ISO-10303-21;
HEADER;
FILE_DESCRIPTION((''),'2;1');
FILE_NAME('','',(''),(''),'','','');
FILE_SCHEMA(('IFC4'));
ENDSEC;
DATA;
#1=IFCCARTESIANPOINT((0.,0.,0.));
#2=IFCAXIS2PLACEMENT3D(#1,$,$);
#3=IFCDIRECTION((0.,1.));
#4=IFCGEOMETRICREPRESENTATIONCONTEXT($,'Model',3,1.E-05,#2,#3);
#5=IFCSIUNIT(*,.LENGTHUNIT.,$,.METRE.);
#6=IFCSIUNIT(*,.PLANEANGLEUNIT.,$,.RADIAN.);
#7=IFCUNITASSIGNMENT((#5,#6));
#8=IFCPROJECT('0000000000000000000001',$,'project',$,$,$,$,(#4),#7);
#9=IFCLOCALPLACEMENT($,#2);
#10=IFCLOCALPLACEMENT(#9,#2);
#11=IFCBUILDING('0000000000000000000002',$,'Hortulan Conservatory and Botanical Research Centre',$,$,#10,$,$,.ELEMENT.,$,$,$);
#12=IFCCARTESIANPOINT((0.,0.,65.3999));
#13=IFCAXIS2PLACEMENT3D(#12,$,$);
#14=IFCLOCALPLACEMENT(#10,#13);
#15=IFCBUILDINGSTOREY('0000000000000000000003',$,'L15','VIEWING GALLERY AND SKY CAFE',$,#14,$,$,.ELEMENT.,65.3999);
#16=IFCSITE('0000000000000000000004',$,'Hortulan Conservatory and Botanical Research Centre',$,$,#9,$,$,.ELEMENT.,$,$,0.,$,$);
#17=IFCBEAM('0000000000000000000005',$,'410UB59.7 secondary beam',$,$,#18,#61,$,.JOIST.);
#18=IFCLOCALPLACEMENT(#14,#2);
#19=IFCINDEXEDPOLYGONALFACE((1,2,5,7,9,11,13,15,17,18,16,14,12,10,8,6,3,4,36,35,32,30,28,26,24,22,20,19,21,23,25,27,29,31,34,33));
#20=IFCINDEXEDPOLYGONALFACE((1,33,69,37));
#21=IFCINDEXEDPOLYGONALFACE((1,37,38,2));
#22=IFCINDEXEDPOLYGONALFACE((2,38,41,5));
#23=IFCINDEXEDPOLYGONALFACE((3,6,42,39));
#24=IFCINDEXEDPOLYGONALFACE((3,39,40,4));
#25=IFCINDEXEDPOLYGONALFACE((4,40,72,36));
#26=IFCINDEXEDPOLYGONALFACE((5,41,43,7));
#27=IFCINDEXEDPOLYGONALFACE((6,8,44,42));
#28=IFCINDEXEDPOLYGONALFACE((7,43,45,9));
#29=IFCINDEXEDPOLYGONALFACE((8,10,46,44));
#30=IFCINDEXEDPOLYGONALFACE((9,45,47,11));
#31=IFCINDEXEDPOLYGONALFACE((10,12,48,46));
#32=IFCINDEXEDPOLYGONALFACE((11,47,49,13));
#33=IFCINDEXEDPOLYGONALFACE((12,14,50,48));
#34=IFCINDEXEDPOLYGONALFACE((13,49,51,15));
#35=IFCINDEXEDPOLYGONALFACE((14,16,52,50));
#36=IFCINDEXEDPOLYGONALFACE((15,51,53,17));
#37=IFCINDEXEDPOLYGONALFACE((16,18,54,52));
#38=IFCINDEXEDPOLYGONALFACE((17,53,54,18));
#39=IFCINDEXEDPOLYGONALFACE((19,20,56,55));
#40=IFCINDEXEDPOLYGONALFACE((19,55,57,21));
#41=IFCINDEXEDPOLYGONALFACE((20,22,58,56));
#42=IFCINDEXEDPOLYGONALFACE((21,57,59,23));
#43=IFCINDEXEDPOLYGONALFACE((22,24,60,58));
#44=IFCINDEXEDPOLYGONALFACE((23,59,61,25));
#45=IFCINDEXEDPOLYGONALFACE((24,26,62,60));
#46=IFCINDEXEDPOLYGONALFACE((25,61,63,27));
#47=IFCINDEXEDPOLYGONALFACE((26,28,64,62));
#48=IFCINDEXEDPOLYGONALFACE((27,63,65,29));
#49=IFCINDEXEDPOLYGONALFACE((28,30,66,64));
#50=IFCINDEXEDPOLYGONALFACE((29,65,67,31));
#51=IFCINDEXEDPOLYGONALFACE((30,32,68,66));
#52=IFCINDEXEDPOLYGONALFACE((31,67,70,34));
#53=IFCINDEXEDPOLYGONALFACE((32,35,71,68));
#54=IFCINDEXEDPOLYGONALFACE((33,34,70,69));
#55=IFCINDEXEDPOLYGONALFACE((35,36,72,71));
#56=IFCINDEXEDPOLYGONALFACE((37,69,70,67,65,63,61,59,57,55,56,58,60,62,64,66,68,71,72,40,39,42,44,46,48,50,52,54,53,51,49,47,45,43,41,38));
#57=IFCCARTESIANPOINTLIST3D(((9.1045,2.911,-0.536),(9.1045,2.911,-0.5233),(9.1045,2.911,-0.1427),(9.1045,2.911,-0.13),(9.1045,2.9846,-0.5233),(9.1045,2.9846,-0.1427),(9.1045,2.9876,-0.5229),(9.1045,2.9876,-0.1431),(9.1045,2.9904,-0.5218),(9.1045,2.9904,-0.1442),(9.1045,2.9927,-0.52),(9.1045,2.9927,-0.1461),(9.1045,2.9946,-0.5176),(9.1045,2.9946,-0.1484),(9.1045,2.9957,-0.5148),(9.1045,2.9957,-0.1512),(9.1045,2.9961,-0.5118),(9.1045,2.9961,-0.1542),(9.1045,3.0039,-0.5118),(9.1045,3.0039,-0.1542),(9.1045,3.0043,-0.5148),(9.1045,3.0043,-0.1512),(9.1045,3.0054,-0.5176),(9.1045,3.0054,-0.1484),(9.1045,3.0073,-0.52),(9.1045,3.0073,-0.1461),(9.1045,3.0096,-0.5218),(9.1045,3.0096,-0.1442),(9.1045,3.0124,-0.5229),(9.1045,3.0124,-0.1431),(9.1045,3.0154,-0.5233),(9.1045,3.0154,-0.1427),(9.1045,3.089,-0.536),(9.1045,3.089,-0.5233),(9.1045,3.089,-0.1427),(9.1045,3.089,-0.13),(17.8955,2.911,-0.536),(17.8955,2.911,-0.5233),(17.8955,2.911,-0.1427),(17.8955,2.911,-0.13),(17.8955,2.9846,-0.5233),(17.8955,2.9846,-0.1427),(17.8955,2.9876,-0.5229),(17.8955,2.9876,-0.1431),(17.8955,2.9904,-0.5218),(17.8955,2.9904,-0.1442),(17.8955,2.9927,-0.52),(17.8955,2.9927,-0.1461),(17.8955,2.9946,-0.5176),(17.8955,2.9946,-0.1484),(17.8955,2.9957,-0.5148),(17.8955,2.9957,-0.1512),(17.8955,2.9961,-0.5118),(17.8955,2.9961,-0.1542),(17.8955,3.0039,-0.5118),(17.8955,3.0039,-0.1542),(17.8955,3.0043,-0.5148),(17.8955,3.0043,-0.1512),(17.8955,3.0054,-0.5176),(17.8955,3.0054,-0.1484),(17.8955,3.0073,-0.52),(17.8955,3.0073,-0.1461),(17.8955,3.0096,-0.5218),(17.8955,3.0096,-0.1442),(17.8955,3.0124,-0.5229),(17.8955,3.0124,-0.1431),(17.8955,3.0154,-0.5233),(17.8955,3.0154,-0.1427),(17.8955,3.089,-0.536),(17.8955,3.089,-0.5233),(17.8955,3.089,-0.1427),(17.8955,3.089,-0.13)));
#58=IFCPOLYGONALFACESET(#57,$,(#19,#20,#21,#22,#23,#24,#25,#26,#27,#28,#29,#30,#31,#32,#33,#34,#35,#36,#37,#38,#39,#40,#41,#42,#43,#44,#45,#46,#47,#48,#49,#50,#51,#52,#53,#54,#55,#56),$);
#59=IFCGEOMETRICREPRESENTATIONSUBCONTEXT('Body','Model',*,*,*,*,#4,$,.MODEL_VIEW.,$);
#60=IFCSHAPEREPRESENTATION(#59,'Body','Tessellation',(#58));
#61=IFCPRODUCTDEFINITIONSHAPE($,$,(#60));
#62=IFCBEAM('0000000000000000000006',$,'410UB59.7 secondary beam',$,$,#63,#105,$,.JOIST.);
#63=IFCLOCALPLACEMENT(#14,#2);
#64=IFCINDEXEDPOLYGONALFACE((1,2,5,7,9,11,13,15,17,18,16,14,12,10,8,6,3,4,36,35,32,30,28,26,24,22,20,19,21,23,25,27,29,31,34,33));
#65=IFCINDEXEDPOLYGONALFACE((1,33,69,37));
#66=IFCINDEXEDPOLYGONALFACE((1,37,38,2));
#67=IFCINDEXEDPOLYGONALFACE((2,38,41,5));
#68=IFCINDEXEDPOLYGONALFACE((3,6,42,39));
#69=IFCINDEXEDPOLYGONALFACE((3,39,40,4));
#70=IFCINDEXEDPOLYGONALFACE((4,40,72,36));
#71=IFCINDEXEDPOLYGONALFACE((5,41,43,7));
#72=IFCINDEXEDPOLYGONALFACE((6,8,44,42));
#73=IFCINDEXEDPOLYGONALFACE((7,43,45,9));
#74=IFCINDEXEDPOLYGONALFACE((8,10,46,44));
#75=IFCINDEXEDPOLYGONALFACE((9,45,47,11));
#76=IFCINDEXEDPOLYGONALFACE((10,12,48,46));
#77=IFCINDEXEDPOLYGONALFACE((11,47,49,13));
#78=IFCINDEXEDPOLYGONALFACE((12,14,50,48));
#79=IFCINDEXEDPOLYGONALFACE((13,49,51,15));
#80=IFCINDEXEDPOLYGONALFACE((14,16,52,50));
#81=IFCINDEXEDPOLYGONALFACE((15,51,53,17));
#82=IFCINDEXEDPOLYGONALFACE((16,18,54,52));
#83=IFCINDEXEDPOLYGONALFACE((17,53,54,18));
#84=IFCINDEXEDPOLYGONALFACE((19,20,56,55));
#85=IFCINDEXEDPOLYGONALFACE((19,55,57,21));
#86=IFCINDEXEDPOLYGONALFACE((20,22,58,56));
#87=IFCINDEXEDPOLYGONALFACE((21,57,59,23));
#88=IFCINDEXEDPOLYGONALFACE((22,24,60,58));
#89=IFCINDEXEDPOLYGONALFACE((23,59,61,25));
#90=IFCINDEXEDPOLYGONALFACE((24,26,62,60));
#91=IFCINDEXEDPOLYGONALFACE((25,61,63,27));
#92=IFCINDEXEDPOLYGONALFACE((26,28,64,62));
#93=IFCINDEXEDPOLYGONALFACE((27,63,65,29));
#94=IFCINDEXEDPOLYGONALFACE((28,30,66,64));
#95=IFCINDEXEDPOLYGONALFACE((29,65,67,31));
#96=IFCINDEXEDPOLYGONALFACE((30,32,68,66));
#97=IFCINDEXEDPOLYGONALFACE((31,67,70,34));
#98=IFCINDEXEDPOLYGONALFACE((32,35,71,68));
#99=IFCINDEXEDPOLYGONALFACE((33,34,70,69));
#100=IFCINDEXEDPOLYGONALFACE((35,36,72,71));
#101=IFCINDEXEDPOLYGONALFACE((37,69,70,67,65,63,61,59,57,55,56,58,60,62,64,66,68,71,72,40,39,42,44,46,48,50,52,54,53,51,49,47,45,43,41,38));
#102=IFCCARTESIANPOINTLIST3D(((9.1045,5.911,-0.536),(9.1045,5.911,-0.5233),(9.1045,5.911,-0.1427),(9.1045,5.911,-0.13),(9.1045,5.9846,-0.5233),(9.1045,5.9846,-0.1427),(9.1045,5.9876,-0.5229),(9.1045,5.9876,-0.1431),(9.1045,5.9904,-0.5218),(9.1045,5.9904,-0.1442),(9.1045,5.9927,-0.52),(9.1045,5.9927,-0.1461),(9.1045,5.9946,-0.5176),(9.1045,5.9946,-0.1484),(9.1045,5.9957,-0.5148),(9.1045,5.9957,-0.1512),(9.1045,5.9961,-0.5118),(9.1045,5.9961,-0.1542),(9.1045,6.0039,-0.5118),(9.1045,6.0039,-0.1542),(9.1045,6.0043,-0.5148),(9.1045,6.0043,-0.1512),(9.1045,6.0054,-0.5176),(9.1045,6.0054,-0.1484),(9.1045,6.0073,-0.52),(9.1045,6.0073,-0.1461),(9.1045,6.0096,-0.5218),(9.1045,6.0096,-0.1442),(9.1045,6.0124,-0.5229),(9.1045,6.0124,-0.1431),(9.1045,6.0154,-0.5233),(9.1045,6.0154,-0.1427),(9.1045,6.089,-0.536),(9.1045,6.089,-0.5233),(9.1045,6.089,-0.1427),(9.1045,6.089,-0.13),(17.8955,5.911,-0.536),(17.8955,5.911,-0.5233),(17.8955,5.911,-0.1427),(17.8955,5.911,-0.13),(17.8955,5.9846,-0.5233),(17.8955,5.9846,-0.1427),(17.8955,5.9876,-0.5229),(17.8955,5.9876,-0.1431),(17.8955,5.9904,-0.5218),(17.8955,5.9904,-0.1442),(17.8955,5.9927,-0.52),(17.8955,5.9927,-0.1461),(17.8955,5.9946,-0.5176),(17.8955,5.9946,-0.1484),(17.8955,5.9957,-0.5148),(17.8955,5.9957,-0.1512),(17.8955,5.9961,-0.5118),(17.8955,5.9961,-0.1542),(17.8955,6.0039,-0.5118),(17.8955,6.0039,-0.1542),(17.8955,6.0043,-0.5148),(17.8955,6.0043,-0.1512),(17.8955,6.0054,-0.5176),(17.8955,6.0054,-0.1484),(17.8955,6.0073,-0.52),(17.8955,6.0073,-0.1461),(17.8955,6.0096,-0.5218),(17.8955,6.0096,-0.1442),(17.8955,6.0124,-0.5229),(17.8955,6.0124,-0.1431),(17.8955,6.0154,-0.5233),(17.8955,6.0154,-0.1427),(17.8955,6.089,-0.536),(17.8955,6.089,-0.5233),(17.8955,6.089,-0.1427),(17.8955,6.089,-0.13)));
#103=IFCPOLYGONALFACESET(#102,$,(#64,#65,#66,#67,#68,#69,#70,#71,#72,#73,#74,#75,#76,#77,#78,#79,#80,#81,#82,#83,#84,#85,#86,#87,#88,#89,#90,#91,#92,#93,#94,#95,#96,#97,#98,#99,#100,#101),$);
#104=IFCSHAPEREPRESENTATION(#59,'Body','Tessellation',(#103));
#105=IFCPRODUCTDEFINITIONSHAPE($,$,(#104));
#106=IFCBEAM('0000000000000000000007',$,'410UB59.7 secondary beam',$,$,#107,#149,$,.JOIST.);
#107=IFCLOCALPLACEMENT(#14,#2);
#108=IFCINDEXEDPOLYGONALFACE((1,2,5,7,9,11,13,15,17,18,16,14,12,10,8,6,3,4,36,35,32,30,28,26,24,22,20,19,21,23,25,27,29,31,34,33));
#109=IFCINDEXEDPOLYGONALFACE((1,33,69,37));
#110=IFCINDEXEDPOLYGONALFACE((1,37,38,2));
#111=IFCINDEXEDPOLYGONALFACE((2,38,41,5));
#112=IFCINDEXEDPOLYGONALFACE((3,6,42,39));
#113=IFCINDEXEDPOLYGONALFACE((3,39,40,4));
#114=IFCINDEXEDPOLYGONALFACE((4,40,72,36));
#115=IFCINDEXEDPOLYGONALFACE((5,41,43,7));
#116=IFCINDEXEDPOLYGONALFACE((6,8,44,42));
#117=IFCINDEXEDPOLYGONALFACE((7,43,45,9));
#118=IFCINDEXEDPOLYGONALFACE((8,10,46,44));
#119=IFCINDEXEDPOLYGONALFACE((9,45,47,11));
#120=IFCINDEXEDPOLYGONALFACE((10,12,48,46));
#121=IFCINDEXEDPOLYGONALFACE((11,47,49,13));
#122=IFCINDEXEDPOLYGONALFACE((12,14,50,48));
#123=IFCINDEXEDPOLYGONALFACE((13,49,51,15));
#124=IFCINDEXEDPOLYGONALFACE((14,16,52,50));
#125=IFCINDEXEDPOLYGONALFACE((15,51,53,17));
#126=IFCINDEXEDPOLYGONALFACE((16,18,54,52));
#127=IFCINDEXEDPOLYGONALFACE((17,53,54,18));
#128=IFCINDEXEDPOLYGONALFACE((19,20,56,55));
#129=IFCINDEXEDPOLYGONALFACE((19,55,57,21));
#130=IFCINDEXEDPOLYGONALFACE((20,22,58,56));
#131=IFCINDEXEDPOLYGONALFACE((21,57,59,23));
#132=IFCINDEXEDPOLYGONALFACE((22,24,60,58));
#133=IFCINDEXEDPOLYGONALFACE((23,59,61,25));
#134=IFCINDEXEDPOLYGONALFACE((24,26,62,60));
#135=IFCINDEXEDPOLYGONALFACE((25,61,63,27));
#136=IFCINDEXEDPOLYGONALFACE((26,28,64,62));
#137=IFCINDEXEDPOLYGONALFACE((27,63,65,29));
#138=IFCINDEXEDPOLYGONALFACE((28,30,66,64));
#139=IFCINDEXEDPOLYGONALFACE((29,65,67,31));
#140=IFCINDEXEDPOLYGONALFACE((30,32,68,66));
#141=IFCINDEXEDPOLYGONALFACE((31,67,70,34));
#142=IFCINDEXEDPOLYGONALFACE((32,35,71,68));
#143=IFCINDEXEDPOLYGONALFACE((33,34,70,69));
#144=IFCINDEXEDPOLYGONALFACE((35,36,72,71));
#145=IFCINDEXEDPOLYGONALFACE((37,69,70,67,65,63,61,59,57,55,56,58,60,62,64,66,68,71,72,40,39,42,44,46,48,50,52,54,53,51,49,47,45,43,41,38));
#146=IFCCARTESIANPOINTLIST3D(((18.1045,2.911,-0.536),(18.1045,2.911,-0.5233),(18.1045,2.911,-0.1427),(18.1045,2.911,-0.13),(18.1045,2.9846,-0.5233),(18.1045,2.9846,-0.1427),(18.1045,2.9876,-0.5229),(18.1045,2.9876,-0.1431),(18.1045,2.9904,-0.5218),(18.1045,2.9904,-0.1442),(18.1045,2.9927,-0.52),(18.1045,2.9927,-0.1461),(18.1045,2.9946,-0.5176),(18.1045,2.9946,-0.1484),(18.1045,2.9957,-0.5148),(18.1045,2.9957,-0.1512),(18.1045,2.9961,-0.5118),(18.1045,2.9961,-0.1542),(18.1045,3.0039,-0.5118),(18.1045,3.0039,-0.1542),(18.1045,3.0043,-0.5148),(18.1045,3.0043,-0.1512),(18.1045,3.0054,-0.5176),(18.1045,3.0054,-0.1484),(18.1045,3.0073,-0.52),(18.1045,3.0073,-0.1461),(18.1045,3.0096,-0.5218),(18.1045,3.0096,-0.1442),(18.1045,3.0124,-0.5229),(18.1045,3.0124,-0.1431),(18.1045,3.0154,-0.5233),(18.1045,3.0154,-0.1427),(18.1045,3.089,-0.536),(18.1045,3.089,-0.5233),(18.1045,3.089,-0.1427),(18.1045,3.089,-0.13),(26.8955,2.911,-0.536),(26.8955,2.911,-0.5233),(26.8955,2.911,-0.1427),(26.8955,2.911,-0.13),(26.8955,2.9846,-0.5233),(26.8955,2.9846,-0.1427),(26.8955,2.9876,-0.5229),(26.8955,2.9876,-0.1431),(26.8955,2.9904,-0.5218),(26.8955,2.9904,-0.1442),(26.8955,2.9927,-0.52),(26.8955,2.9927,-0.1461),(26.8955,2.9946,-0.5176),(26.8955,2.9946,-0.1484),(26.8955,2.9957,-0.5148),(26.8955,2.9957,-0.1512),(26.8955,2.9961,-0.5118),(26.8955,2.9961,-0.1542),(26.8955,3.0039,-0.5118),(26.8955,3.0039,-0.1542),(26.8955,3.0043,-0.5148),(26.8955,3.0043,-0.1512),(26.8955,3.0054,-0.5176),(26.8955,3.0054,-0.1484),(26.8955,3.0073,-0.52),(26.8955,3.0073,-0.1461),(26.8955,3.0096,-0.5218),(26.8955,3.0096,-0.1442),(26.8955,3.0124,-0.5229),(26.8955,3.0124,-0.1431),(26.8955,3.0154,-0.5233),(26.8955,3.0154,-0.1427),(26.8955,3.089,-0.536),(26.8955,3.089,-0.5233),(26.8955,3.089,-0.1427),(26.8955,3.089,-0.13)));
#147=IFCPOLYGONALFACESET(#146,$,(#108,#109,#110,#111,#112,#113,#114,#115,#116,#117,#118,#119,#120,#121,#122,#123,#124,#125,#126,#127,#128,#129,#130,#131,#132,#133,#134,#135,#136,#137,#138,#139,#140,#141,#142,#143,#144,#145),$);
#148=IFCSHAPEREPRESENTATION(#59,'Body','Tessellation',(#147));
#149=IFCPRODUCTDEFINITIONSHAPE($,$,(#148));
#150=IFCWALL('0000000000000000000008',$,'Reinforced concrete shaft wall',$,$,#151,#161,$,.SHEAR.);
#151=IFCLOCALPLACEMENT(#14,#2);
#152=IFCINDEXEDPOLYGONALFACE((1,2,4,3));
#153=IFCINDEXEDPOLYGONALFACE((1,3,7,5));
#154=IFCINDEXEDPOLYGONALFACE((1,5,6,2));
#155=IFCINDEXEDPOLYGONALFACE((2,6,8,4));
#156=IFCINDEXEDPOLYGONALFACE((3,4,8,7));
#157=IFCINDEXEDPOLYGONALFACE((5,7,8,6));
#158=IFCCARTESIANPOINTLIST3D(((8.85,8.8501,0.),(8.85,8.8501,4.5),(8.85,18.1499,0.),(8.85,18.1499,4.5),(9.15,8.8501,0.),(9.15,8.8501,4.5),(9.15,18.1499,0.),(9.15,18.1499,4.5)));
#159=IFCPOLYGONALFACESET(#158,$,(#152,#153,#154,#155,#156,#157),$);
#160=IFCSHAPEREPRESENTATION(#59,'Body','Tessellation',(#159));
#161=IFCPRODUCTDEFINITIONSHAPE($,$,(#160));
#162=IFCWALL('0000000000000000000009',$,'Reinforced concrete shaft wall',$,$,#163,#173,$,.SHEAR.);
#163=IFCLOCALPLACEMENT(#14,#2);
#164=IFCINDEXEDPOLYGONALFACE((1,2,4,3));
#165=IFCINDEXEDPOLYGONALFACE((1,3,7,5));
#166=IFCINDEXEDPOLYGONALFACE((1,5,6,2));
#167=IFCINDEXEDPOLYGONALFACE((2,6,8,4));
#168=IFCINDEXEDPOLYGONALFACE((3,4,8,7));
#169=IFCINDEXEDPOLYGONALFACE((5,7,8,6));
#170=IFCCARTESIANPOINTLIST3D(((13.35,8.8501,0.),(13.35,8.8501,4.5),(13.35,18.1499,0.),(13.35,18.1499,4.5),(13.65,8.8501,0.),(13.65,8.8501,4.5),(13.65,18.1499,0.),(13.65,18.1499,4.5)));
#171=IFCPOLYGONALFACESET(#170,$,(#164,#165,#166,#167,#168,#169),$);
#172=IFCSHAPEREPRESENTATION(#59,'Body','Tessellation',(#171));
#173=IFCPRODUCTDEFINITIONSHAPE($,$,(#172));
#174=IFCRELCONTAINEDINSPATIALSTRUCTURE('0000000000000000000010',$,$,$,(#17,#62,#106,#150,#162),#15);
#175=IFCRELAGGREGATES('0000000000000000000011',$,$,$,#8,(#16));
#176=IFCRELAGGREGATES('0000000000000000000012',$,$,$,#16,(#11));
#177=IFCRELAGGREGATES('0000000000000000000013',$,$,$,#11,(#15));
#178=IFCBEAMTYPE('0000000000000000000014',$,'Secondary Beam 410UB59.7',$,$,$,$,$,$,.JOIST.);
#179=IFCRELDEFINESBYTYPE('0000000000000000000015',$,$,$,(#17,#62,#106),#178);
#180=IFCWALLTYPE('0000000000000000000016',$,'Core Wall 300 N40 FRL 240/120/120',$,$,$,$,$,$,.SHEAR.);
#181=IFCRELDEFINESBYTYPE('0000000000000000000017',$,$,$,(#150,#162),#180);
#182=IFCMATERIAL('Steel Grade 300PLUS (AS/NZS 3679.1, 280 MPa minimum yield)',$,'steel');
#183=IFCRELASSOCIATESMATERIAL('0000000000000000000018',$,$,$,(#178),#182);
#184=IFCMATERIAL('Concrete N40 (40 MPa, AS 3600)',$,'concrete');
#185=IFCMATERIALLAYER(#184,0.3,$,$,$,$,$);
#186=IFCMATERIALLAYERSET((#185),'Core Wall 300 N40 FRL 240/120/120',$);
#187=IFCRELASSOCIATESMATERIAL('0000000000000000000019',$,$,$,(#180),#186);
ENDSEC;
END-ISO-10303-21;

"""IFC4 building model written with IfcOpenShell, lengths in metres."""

from ifc_helpers import new_model, si_unit, direction, frame, frame_2d, origin, origin_2d, place, context, subcontext, project, spatial, rectangle, i_section, extrude, material, layer, layer_set, material_profile, profile_set, type_object, element, save


model = new_model("IFC4")

# Units and contexts
model_context = context("Model", 3, precision=1e-05, world=origin(), true_north=direction((0.0, 1.0)))
body_context = subcontext(model_context, "Body", "Model", "MODEL_VIEW")
ifc_project = project(units=[si_unit("LENGTHUNIT", "METRE"), si_unit("PLANEANGLEUNIT", "RADIAN")], contexts=[model_context])

# Site, building, storey
site_placement = place(None, origin())
site = spatial("IfcSite", under=ifc_project, at=site_placement, Name="Hortulan Conservatory and Botanical Research Centre", CompositionType="ELEMENT", RefElevation=0.0)
building_placement = place(site_placement, origin())
building = spatial("IfcBuilding", under=site, at=building_placement, Name="Hortulan Conservatory and Botanical Research Centre", CompositionType="ELEMENT")
storey_placement = place(building_placement, frame((0.0, 0.0, 65.3999)))
storey = spatial("IfcBuildingStorey", under=building, at=storey_placement, Name="L15", Description="VIEWING GALLERY AND SKY CAFE", CompositionType="ELEMENT", Elevation=65.3999)

# Shared definitions
ifc_material_1 = material(Name="Steel Grade 300PLUS (AS/NZS 3679.1, 280 MPa minimum yield)", Category="steel")

# Beams
ifc_material_profile_1 = material_profile(ifc_material_1, i_section(OverallWidth=0.178, OverallDepth=0.406, WebThickness=0.0078, FlangeThickness=0.0127, FilletRadius=0.0115, at=origin_2d()), Name="410UB59.7")
ifc_profile_set_1 = profile_set([ifc_material_profile_1], Name="Steel Grade 300PLUS (AS/NZS 3679.1, 280 MPa minimum yield)")
beam_type_1 = type_object("IfcBeamType", Name="Secondary Beam 410UB59.7", PredefinedType="JOIST", material=ifc_profile_set_1)
for number, where, z_axis, x_axis, name in (
    (1, (9.1045, 3.0, -0.333), (1.0, 0.0, 0.0), (0.0, 1.0, 0.0), "410UB59.7 secondary beam"),
    (2, (9.1045, 6.0, -0.333), (1.0, 0.0, 0.0), (0.0, 1.0, 0.0), "410UB59.7 secondary beam"),
    (3, (18.1045, 3.0, -0.333), (1.0, 0.0, 0.0), (0.0, 1.0, 0.0), "410UB59.7 secondary beam"),
):
    element("IfcBeam", number, at=place(storey_placement, frame(where, z_axis=z_axis, x_axis=x_axis)), inside=storey, type_object=beam_type_1, Name=name, PredefinedType="JOIST", context=body_context, shape_type="SweptSolid", body=[
        extrude(i_section(OverallWidth=0.178, OverallDepth=0.406, WebThickness=0.0078, FlangeThickness=0.0127, FilletRadius=0.0115, at=origin_2d()), origin(), (0.0, 0.0, 1.0), 8.791),
    ])

# Walls
ifc_material_2 = material(Name="Concrete N40 (40 MPa, AS 3600)", Category="concrete")
ifc_layer_1 = layer(ifc_material_2, 0.3)
ifc_layer_set_1 = layer_set([ifc_layer_1], Name="Core Wall 300 N40 FRL 240/120/120")
wall_type = type_object("IfcWallType", Name="Core Wall 300 N40 FRL 240/120/120", PredefinedType="SHEAR", material=ifc_layer_set_1)
for number, where, z_axis, x_axis, name in (
    (4, (9.0, 8.8501, 0.0), (0.0, 0.0, 1.0), (0.0, 1.0, 0.0), "Reinforced concrete shaft wall"),
    (5, (13.5, 8.8501, 0.0), (0.0, 0.0, 1.0), (0.0, 1.0, 0.0), "Reinforced concrete shaft wall"),
):
    element("IfcWall", number, at=place(storey_placement, frame(where, z_axis=z_axis, x_axis=x_axis)), inside=storey, type_object=wall_type, Name=name, PredefinedType="SHEAR", context=body_context, shape_type="SweptSolid", body=[
        extrude(rectangle(XDim=9.2998, YDim=0.3, at=frame_2d((4.6499, 0.0))), origin(), (0.0, 0.0, 1.0), 4.5),
    ])

save(model, "model.ifc")
